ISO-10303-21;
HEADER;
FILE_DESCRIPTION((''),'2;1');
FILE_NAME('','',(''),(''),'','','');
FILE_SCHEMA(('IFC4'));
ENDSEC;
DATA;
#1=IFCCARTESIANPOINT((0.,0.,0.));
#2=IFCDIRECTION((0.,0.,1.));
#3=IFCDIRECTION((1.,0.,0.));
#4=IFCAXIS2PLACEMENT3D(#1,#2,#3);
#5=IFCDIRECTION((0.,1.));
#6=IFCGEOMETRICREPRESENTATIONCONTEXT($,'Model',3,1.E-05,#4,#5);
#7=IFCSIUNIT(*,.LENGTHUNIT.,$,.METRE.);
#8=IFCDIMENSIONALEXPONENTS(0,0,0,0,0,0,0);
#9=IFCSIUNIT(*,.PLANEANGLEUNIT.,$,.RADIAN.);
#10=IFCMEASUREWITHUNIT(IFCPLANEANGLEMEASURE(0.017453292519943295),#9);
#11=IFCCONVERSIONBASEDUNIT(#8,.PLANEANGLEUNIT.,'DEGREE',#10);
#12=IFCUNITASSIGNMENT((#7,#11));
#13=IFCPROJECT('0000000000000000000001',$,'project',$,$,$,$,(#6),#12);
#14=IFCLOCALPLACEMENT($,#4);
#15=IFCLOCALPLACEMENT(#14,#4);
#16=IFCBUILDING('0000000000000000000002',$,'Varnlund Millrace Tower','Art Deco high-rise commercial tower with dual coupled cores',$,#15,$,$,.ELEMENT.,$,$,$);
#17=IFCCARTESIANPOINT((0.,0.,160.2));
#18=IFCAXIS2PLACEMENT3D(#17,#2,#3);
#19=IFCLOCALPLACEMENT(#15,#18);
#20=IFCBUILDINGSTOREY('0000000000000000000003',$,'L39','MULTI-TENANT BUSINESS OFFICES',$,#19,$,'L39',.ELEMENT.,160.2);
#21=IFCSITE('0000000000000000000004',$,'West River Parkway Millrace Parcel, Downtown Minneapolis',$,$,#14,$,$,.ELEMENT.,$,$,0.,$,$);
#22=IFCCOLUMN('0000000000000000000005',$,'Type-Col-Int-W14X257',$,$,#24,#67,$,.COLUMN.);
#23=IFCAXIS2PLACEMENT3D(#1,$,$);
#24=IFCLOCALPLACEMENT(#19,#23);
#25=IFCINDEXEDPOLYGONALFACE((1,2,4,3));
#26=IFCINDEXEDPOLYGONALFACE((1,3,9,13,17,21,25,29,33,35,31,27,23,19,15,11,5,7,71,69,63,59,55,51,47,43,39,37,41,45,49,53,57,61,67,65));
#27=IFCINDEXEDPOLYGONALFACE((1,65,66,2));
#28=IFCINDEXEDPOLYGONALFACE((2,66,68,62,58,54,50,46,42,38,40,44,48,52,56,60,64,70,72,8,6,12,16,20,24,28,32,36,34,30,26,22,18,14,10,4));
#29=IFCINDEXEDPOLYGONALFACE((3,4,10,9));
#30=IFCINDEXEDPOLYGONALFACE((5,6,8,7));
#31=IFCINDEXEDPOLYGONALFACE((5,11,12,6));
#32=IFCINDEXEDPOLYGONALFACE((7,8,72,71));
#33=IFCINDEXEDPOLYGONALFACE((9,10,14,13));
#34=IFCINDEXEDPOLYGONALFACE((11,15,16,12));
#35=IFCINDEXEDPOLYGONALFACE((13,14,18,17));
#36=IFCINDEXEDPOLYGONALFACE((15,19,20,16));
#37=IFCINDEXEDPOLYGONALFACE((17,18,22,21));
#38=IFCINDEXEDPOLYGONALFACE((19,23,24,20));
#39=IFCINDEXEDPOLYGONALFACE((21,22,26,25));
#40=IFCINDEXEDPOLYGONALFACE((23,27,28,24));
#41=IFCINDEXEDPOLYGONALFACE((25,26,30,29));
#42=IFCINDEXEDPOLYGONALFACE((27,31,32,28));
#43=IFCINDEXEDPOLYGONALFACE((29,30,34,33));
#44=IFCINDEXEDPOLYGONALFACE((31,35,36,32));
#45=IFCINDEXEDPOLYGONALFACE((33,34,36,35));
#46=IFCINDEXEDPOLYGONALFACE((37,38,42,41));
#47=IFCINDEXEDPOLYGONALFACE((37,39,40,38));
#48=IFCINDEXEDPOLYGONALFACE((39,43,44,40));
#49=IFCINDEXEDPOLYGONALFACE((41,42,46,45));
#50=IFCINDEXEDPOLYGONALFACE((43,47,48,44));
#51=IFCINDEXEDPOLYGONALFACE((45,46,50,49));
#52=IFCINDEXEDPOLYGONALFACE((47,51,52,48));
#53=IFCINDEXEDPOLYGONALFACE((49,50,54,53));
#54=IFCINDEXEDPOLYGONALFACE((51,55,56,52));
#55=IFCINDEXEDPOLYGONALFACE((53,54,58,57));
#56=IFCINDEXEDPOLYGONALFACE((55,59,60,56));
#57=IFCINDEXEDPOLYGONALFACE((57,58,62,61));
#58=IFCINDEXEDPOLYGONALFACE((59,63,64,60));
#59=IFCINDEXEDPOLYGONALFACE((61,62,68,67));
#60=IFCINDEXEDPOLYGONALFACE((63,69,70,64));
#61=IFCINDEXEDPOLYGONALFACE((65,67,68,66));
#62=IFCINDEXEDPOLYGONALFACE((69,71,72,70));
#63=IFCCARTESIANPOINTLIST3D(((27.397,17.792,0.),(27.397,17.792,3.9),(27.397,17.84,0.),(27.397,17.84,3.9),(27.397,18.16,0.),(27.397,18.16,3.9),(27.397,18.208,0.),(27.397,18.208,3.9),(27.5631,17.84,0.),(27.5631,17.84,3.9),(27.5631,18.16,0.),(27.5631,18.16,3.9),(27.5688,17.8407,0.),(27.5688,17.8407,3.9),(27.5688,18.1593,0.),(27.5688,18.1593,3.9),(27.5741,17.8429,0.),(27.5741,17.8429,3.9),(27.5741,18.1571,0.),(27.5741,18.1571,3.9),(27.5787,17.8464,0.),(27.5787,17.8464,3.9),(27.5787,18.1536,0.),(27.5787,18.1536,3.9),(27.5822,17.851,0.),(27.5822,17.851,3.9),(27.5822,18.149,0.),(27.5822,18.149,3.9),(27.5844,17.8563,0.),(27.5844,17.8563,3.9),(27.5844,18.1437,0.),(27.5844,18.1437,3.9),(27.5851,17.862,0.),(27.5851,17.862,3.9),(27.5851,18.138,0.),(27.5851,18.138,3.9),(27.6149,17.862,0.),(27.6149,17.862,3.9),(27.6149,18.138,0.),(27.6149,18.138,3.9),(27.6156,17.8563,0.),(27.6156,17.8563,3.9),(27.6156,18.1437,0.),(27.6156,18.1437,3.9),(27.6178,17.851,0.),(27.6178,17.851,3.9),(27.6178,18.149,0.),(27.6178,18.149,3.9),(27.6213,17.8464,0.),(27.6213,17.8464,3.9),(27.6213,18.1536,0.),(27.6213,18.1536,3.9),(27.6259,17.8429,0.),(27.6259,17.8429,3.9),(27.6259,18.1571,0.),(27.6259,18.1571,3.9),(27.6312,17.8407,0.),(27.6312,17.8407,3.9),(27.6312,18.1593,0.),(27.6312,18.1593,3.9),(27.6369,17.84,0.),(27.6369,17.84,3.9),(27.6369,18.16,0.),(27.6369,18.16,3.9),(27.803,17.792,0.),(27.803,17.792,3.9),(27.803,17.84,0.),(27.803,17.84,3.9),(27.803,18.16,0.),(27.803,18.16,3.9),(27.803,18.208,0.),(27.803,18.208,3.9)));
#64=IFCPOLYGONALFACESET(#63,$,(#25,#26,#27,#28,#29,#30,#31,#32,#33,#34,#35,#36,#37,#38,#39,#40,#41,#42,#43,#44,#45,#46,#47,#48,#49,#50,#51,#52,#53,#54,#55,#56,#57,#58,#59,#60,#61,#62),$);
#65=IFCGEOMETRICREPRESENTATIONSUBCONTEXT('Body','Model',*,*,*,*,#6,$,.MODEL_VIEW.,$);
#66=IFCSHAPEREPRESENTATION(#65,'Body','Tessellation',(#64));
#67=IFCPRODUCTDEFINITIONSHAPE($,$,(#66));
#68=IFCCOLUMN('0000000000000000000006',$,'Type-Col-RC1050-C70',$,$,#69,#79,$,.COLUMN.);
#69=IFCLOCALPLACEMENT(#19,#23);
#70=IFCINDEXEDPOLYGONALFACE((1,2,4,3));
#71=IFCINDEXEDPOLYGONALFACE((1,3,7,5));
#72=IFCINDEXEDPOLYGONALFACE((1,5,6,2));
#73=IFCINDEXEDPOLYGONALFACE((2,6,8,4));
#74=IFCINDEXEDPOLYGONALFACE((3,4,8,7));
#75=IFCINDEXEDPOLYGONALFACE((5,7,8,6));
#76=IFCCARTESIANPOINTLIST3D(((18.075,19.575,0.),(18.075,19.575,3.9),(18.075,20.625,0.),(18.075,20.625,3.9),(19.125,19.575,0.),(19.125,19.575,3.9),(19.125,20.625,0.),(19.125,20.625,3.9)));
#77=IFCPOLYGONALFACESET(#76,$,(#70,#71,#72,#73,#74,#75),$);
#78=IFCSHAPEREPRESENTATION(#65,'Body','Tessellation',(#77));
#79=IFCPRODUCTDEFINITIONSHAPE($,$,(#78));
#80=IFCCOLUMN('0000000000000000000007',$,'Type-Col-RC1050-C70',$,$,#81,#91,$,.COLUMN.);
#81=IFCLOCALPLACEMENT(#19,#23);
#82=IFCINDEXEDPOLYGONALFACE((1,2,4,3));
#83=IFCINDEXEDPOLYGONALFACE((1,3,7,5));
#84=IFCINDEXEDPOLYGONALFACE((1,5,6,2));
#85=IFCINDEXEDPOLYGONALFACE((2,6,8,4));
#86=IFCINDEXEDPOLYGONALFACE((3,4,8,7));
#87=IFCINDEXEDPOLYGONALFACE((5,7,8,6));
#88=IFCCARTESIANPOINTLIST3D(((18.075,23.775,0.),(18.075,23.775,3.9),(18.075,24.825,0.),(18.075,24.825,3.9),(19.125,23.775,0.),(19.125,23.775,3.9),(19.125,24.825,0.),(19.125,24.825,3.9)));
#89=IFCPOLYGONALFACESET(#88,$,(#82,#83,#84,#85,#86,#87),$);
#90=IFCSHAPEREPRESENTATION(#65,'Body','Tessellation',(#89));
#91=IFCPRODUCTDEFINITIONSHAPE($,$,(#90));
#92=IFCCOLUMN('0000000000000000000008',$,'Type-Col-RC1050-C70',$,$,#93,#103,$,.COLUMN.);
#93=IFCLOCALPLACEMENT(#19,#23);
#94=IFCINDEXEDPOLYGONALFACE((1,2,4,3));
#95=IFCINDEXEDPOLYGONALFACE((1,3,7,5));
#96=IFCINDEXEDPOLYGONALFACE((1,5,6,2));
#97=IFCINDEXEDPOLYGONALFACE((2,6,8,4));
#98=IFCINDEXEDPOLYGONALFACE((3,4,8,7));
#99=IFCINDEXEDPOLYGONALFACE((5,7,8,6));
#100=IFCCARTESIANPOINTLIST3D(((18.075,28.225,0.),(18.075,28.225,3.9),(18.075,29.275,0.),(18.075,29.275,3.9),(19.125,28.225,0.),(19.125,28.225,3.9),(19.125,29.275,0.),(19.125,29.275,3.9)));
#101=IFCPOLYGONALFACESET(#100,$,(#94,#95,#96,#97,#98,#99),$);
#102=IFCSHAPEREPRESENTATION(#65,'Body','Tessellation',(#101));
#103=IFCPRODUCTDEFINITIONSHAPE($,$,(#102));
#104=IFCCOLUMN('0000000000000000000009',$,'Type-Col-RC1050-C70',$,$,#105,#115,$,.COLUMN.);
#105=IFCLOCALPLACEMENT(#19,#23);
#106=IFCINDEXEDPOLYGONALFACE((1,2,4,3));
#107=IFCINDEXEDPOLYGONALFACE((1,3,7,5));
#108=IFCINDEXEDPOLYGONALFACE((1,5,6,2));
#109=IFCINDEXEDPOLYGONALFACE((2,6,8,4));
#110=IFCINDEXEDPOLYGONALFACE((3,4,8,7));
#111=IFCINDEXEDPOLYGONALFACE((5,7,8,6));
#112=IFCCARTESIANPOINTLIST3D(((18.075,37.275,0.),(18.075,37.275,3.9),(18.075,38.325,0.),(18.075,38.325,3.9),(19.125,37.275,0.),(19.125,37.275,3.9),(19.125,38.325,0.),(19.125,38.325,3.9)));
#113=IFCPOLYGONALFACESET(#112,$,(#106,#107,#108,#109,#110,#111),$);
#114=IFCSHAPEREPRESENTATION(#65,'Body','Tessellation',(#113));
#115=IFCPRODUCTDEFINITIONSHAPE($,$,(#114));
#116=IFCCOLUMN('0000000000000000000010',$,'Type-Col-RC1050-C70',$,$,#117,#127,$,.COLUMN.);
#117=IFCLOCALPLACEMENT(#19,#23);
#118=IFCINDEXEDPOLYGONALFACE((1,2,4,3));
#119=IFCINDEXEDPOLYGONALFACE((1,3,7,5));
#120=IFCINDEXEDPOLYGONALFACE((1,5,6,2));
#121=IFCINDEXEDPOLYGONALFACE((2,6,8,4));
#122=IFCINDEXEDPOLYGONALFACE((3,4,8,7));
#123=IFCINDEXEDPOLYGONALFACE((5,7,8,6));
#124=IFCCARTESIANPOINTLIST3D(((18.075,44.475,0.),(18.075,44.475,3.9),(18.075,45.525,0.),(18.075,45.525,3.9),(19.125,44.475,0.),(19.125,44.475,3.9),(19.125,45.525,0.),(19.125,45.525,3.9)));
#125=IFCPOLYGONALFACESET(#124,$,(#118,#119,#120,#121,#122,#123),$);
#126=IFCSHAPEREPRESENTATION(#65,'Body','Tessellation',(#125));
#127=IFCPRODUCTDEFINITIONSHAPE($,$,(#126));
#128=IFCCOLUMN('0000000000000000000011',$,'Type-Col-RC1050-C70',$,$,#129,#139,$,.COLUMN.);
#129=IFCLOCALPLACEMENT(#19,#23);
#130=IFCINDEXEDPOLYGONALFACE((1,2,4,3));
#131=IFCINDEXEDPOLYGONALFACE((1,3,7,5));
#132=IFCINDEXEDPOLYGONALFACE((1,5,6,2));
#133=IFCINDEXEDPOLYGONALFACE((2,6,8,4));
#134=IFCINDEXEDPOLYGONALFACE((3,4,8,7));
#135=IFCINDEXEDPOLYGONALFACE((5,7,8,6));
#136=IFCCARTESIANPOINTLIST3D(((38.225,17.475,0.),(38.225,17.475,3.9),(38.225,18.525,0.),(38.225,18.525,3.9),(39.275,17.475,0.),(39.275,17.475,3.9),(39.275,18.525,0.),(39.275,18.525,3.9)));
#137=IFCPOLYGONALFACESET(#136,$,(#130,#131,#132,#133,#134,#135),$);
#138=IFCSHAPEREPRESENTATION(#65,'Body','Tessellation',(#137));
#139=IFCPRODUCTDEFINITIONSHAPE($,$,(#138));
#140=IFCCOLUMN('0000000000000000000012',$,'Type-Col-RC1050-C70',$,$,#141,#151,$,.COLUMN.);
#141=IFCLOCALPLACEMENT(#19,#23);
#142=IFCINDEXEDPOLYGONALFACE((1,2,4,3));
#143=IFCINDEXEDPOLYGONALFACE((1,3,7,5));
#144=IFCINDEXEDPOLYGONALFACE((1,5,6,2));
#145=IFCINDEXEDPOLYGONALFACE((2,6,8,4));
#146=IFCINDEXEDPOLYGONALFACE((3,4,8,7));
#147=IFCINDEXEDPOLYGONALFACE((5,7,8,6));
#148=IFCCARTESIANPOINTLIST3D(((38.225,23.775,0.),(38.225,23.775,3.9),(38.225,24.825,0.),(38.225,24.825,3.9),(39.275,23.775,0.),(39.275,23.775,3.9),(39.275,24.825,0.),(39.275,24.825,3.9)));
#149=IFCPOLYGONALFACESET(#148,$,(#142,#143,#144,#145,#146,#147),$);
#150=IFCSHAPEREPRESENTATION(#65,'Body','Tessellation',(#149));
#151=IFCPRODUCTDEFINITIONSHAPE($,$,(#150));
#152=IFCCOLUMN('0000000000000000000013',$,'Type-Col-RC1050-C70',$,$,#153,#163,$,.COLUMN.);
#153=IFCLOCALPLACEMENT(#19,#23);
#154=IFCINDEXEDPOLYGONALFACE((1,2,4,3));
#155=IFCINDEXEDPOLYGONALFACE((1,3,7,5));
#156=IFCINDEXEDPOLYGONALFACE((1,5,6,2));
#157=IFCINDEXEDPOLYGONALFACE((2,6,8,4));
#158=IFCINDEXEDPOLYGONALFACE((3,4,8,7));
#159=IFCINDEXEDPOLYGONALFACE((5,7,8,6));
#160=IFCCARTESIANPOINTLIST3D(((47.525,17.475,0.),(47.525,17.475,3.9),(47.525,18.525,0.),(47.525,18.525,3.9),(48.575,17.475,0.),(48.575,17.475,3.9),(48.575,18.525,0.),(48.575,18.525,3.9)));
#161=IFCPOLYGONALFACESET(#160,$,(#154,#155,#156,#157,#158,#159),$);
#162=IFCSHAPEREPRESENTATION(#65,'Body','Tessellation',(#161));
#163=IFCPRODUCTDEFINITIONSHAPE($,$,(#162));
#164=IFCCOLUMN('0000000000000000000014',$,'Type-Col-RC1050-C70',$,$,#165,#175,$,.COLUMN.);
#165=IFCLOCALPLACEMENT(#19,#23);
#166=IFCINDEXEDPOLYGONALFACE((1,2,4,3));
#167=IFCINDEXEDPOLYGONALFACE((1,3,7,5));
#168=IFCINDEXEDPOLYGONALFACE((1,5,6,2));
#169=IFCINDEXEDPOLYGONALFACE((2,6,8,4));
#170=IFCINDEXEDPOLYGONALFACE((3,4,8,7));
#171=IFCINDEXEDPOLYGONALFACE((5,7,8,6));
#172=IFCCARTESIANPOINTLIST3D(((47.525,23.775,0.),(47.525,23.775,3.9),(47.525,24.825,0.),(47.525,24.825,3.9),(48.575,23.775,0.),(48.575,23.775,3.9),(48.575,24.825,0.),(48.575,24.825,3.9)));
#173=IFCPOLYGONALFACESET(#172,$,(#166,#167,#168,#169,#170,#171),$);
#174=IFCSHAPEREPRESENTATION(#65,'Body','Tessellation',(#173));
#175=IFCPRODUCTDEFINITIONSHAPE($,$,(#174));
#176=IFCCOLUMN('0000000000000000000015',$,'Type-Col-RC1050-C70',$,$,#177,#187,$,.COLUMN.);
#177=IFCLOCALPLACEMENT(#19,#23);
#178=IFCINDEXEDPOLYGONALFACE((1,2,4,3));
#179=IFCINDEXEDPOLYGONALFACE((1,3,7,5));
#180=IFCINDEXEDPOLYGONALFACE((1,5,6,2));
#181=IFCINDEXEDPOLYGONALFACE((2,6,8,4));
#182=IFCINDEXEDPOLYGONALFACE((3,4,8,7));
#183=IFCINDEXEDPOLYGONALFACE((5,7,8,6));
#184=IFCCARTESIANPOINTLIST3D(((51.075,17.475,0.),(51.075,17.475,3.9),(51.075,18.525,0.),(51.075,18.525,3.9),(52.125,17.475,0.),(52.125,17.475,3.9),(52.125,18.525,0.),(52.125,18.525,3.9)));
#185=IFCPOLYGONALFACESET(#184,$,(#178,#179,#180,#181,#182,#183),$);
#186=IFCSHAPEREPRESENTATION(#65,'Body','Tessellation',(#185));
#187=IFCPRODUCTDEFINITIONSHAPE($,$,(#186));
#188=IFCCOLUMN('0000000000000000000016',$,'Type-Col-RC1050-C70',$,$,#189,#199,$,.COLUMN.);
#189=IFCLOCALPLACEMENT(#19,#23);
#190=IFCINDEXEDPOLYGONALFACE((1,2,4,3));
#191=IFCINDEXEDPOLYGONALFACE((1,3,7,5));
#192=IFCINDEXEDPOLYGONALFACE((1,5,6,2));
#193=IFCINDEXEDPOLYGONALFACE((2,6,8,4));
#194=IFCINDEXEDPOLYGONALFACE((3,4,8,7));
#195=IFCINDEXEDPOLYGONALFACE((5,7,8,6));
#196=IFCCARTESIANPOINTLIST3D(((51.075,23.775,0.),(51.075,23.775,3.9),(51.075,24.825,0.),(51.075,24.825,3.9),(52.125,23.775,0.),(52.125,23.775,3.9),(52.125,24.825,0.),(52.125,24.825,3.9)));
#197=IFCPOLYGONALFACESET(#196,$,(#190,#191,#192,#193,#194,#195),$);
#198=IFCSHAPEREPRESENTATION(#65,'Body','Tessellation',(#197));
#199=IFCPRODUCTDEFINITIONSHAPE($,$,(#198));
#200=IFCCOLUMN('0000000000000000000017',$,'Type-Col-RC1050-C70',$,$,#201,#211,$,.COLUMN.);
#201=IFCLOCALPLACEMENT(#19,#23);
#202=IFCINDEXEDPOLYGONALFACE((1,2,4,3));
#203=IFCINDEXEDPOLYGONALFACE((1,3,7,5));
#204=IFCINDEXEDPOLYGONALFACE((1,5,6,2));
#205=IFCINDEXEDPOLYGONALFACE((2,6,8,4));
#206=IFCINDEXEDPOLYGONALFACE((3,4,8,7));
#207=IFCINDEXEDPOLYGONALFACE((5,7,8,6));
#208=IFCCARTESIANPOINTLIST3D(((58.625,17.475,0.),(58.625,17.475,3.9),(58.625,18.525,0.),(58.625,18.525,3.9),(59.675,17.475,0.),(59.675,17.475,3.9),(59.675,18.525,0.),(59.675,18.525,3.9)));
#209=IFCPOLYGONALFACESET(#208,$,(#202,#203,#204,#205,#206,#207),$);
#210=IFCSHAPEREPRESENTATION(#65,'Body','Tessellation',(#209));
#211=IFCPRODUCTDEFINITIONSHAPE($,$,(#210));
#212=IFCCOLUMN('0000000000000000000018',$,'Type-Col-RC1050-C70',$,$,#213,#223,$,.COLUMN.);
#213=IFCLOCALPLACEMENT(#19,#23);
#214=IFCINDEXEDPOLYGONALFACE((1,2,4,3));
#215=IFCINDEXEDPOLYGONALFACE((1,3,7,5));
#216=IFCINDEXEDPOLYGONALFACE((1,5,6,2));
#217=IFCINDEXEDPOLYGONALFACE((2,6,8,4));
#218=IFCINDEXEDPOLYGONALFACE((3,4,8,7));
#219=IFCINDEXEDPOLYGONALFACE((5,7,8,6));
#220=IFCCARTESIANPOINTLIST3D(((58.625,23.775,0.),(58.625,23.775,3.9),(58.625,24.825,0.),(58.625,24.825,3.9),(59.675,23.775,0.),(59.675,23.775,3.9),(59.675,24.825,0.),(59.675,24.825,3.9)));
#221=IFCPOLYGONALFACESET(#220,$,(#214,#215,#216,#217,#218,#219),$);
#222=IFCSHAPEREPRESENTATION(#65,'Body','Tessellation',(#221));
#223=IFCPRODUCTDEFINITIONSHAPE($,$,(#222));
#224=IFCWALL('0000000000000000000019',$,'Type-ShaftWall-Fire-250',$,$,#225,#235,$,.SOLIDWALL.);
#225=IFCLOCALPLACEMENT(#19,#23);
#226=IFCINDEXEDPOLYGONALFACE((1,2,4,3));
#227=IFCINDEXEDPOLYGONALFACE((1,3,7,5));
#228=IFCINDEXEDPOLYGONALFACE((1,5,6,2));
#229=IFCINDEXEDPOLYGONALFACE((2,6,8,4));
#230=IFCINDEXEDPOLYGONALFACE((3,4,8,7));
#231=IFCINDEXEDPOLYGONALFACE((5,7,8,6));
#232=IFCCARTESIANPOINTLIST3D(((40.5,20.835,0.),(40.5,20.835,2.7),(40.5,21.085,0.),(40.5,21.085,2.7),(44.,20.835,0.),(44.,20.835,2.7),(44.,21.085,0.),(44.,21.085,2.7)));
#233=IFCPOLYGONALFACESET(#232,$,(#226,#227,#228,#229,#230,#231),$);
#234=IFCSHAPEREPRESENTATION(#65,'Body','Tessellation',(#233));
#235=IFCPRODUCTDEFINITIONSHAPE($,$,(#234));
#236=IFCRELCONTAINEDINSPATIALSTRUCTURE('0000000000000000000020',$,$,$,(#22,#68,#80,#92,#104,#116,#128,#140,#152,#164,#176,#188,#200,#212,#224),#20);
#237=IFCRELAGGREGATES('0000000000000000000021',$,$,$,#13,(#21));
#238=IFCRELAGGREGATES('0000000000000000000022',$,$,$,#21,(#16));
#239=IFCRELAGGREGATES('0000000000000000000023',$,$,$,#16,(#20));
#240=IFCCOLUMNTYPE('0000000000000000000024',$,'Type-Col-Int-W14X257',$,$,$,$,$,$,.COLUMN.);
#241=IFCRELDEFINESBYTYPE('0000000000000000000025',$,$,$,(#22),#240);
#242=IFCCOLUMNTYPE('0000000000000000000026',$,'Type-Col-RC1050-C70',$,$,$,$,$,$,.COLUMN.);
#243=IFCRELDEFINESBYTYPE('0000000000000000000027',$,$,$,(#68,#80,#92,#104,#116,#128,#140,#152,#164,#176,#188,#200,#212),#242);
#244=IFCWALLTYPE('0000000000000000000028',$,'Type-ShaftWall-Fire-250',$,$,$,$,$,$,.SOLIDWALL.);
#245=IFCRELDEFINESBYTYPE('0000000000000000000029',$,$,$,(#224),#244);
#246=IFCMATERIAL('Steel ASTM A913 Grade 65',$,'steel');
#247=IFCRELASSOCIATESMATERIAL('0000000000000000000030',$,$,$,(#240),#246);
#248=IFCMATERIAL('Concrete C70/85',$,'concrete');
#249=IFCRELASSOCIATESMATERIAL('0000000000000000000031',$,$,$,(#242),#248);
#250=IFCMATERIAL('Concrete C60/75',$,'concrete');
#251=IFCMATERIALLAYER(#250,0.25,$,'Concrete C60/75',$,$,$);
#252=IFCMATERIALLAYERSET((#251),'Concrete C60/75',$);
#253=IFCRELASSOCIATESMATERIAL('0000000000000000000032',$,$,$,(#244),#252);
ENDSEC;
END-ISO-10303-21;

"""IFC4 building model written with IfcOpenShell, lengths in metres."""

from ifc_helpers import new_model, entity, si_unit, converted_unit, direction, frame, origin_with_axes, origin_2d_with_axis, place, context, subcontext, project, spatial, polyline, rectangle, i_section, outline, extrude, material, layer, layer_set, material_profile, profile_set, type_object, element, save


model = new_model("IFC4")

# Units and contexts
model_context = context("Model", 3, precision=1e-05, world=origin_with_axes(), true_north=direction((0.0, 1.0)))
body_context = subcontext(model_context, "Body", "Model", "MODEL_VIEW")
ifc_project = project(units=[si_unit("LENGTHUNIT", "METRE"), converted_unit("PLANEANGLEUNIT", "DEGREE", entity("IfcPlaneAngleMeasure", 0.017453292519943295), si_unit("PLANEANGLEUNIT", "RADIAN"), dimensions=[0, 0, 0, 0, 0, 0, 0])], contexts=[model_context])

# Site, building, storey
site_placement = place(None, origin_with_axes())
site = spatial("IfcSite", under=ifc_project, at=site_placement, Name="West River Parkway Millrace Parcel, Downtown Minneapolis", CompositionType="ELEMENT", RefElevation=0.0)
building_placement = place(site_placement, origin_with_axes())
building = spatial("IfcBuilding", under=site, at=building_placement, Name="Varnlund Millrace Tower", Description="Art Deco high-rise commercial tower with dual coupled cores", CompositionType="ELEMENT")
storey_placement = place(building_placement, frame((0.0, 0.0, 160.2), z_axis=(0.0, 0.0, 1.0), x_axis=(1.0, 0.0, 0.0)))
storey = spatial("IfcBuildingStorey", under=building, at=storey_placement, Name="L39", Description="MULTI-TENANT BUSINESS OFFICES", LongName="L39", CompositionType="ELEMENT", Elevation=160.2)

# Columns
ifc_material_1 = material(Name="Steel ASTM A913 Grade 65", Category="steel")
ifc_material_profile_1 = material_profile(ifc_material_1, i_section(OverallWidth=0.406, OverallDepth=0.416, WebThickness=0.0298, FlangeThickness=0.048, FilletRadius=0.022, at=origin_2d_with_axis()), Name="Steel ASTM A913 Grade 65")
ifc_profile_set_1 = profile_set([ifc_material_profile_1], Name="Steel ASTM A913 Grade 65")
column_type_1 = type_object("IfcColumnType", Name="Type-Col-Int-W14X257", PredefinedType="COLUMN", material=ifc_profile_set_1)
column_placement = place(storey_placement, frame((27.6, 18.0, 0.0), z_axis=(0.0, 0.0, 1.0), x_axis=(1.0, 0.0, 0.0)))
element("IfcColumn", 1, at=column_placement, inside=storey, type_object=column_type_1, Name="Type-Col-Int-W14X257", PredefinedType="COLUMN", context=body_context, shape_type="SweptSolid", body=[
    extrude(i_section(OverallWidth=0.406, OverallDepth=0.416, WebThickness=0.0298, FlangeThickness=0.048, FilletRadius=0.022, at=origin_2d_with_axis()), origin_with_axes(), (0.0, 0.0, 1.0), 3.9),
])
ifc_material_2 = material(Name="Concrete C70/85", Category="concrete")
ifc_material_profile_2 = material_profile(ifc_material_2, rectangle(XDim=1.05, YDim=1.05, at=origin_2d_with_axis()), Name="Concrete C70/85")
ifc_profile_set_2 = profile_set([ifc_material_profile_2], Name="Concrete C70/85")
column_type_2 = type_object("IfcColumnType", Name="Type-Col-RC1050-C70", PredefinedType="COLUMN", material=ifc_profile_set_2)
for number, where, z_axis, x_axis, name in (
    (2, (18.6, 20.1, 0.0), (0.0, 0.0, 1.0), (1.0, 0.0, 0.0), "Type-Col-RC1050-C70"),
    (3, (18.6, 24.3, 0.0), (0.0, 0.0, 1.0), (1.0, 0.0, 0.0), "Type-Col-RC1050-C70"),
    (4, (18.6, 28.75, 0.0), (0.0, 0.0, 1.0), (1.0, 0.0, 0.0), "Type-Col-RC1050-C70"),
    (5, (18.6, 37.8, 0.0), (0.0, 0.0, 1.0), (1.0, 0.0, 0.0), "Type-Col-RC1050-C70"),
    (6, (18.6, 45.0, 0.0), (0.0, 0.0, 1.0), (1.0, 0.0, 0.0), "Type-Col-RC1050-C70"),
    (7, (38.75, 18.0, 0.0), (0.0, 0.0, 1.0), (1.0, 0.0, 0.0), "Type-Col-RC1050-C70"),
    (8, (38.75, 24.3, 0.0), (0.0, 0.0, 1.0), (1.0, 0.0, 0.0), "Type-Col-RC1050-C70"),
    (9, (48.05, 18.0, 0.0), (0.0, 0.0, 1.0), (1.0, 0.0, 0.0), "Type-Col-RC1050-C70"),
    (10, (48.05, 24.3, 0.0), (0.0, 0.0, 1.0), (1.0, 0.0, 0.0), "Type-Col-RC1050-C70"),
    (11, (51.6, 18.0, 0.0), (0.0, 0.0, 1.0), (1.0, 0.0, 0.0), "Type-Col-RC1050-C70"),
    (12, (51.6, 24.3, 0.0), (0.0, 0.0, 1.0), (1.0, 0.0, 0.0), "Type-Col-RC1050-C70"),
    (13, (59.15, 18.0, 0.0), (0.0, 0.0, 1.0), (1.0, 0.0, 0.0), "Type-Col-RC1050-C70"),
    (14, (59.15, 24.3, 0.0), (0.0, 0.0, 1.0), (1.0, 0.0, 0.0), "Type-Col-RC1050-C70"),
):
    element("IfcColumn", number, at=place(storey_placement, frame(where, z_axis=z_axis, x_axis=x_axis)), inside=storey, type_object=column_type_2, Name=name, PredefinedType="COLUMN", context=body_context, shape_type="SweptSolid", body=[
        extrude(rectangle(XDim=1.05, YDim=1.05, at=origin_2d_with_axis()), origin_with_axes(), (0.0, 0.0, 1.0), 3.9),
    ])

# Wall
ifc_material_3 = material(Name="Concrete C60/75", Category="concrete")
ifc_layer_1 = layer(ifc_material_3, 0.25, Name="Concrete C60/75")
ifc_layer_set_1 = layer_set([ifc_layer_1], Name="Concrete C60/75")
wall_type_1 = type_object("IfcWallType", Name="Type-ShaftWall-Fire-250", PredefinedType="SOLIDWALL", material=ifc_layer_set_1)
wall_1_placement = place(storey_placement, frame((40.5, 20.96, 0.0), z_axis=(0.0, 0.0, 1.0), x_axis=(1.0, 0.0, 0.0)))
element("IfcWall", 15, at=wall_1_placement, inside=storey, type_object=wall_type_1, Name="Type-ShaftWall-Fire-250", PredefinedType="SOLIDWALL", context=body_context, shape_type="SweptSolid", body=[
    extrude(outline(polyline([(0.0, -0.125), (3.5, -0.125), (3.5, 0.125), (0.0, 0.125), (0.0, -0.125)])), origin_with_axes(), (0.0, 0.0, 1.0), 2.7),
])

save(model, "model.ifc")
